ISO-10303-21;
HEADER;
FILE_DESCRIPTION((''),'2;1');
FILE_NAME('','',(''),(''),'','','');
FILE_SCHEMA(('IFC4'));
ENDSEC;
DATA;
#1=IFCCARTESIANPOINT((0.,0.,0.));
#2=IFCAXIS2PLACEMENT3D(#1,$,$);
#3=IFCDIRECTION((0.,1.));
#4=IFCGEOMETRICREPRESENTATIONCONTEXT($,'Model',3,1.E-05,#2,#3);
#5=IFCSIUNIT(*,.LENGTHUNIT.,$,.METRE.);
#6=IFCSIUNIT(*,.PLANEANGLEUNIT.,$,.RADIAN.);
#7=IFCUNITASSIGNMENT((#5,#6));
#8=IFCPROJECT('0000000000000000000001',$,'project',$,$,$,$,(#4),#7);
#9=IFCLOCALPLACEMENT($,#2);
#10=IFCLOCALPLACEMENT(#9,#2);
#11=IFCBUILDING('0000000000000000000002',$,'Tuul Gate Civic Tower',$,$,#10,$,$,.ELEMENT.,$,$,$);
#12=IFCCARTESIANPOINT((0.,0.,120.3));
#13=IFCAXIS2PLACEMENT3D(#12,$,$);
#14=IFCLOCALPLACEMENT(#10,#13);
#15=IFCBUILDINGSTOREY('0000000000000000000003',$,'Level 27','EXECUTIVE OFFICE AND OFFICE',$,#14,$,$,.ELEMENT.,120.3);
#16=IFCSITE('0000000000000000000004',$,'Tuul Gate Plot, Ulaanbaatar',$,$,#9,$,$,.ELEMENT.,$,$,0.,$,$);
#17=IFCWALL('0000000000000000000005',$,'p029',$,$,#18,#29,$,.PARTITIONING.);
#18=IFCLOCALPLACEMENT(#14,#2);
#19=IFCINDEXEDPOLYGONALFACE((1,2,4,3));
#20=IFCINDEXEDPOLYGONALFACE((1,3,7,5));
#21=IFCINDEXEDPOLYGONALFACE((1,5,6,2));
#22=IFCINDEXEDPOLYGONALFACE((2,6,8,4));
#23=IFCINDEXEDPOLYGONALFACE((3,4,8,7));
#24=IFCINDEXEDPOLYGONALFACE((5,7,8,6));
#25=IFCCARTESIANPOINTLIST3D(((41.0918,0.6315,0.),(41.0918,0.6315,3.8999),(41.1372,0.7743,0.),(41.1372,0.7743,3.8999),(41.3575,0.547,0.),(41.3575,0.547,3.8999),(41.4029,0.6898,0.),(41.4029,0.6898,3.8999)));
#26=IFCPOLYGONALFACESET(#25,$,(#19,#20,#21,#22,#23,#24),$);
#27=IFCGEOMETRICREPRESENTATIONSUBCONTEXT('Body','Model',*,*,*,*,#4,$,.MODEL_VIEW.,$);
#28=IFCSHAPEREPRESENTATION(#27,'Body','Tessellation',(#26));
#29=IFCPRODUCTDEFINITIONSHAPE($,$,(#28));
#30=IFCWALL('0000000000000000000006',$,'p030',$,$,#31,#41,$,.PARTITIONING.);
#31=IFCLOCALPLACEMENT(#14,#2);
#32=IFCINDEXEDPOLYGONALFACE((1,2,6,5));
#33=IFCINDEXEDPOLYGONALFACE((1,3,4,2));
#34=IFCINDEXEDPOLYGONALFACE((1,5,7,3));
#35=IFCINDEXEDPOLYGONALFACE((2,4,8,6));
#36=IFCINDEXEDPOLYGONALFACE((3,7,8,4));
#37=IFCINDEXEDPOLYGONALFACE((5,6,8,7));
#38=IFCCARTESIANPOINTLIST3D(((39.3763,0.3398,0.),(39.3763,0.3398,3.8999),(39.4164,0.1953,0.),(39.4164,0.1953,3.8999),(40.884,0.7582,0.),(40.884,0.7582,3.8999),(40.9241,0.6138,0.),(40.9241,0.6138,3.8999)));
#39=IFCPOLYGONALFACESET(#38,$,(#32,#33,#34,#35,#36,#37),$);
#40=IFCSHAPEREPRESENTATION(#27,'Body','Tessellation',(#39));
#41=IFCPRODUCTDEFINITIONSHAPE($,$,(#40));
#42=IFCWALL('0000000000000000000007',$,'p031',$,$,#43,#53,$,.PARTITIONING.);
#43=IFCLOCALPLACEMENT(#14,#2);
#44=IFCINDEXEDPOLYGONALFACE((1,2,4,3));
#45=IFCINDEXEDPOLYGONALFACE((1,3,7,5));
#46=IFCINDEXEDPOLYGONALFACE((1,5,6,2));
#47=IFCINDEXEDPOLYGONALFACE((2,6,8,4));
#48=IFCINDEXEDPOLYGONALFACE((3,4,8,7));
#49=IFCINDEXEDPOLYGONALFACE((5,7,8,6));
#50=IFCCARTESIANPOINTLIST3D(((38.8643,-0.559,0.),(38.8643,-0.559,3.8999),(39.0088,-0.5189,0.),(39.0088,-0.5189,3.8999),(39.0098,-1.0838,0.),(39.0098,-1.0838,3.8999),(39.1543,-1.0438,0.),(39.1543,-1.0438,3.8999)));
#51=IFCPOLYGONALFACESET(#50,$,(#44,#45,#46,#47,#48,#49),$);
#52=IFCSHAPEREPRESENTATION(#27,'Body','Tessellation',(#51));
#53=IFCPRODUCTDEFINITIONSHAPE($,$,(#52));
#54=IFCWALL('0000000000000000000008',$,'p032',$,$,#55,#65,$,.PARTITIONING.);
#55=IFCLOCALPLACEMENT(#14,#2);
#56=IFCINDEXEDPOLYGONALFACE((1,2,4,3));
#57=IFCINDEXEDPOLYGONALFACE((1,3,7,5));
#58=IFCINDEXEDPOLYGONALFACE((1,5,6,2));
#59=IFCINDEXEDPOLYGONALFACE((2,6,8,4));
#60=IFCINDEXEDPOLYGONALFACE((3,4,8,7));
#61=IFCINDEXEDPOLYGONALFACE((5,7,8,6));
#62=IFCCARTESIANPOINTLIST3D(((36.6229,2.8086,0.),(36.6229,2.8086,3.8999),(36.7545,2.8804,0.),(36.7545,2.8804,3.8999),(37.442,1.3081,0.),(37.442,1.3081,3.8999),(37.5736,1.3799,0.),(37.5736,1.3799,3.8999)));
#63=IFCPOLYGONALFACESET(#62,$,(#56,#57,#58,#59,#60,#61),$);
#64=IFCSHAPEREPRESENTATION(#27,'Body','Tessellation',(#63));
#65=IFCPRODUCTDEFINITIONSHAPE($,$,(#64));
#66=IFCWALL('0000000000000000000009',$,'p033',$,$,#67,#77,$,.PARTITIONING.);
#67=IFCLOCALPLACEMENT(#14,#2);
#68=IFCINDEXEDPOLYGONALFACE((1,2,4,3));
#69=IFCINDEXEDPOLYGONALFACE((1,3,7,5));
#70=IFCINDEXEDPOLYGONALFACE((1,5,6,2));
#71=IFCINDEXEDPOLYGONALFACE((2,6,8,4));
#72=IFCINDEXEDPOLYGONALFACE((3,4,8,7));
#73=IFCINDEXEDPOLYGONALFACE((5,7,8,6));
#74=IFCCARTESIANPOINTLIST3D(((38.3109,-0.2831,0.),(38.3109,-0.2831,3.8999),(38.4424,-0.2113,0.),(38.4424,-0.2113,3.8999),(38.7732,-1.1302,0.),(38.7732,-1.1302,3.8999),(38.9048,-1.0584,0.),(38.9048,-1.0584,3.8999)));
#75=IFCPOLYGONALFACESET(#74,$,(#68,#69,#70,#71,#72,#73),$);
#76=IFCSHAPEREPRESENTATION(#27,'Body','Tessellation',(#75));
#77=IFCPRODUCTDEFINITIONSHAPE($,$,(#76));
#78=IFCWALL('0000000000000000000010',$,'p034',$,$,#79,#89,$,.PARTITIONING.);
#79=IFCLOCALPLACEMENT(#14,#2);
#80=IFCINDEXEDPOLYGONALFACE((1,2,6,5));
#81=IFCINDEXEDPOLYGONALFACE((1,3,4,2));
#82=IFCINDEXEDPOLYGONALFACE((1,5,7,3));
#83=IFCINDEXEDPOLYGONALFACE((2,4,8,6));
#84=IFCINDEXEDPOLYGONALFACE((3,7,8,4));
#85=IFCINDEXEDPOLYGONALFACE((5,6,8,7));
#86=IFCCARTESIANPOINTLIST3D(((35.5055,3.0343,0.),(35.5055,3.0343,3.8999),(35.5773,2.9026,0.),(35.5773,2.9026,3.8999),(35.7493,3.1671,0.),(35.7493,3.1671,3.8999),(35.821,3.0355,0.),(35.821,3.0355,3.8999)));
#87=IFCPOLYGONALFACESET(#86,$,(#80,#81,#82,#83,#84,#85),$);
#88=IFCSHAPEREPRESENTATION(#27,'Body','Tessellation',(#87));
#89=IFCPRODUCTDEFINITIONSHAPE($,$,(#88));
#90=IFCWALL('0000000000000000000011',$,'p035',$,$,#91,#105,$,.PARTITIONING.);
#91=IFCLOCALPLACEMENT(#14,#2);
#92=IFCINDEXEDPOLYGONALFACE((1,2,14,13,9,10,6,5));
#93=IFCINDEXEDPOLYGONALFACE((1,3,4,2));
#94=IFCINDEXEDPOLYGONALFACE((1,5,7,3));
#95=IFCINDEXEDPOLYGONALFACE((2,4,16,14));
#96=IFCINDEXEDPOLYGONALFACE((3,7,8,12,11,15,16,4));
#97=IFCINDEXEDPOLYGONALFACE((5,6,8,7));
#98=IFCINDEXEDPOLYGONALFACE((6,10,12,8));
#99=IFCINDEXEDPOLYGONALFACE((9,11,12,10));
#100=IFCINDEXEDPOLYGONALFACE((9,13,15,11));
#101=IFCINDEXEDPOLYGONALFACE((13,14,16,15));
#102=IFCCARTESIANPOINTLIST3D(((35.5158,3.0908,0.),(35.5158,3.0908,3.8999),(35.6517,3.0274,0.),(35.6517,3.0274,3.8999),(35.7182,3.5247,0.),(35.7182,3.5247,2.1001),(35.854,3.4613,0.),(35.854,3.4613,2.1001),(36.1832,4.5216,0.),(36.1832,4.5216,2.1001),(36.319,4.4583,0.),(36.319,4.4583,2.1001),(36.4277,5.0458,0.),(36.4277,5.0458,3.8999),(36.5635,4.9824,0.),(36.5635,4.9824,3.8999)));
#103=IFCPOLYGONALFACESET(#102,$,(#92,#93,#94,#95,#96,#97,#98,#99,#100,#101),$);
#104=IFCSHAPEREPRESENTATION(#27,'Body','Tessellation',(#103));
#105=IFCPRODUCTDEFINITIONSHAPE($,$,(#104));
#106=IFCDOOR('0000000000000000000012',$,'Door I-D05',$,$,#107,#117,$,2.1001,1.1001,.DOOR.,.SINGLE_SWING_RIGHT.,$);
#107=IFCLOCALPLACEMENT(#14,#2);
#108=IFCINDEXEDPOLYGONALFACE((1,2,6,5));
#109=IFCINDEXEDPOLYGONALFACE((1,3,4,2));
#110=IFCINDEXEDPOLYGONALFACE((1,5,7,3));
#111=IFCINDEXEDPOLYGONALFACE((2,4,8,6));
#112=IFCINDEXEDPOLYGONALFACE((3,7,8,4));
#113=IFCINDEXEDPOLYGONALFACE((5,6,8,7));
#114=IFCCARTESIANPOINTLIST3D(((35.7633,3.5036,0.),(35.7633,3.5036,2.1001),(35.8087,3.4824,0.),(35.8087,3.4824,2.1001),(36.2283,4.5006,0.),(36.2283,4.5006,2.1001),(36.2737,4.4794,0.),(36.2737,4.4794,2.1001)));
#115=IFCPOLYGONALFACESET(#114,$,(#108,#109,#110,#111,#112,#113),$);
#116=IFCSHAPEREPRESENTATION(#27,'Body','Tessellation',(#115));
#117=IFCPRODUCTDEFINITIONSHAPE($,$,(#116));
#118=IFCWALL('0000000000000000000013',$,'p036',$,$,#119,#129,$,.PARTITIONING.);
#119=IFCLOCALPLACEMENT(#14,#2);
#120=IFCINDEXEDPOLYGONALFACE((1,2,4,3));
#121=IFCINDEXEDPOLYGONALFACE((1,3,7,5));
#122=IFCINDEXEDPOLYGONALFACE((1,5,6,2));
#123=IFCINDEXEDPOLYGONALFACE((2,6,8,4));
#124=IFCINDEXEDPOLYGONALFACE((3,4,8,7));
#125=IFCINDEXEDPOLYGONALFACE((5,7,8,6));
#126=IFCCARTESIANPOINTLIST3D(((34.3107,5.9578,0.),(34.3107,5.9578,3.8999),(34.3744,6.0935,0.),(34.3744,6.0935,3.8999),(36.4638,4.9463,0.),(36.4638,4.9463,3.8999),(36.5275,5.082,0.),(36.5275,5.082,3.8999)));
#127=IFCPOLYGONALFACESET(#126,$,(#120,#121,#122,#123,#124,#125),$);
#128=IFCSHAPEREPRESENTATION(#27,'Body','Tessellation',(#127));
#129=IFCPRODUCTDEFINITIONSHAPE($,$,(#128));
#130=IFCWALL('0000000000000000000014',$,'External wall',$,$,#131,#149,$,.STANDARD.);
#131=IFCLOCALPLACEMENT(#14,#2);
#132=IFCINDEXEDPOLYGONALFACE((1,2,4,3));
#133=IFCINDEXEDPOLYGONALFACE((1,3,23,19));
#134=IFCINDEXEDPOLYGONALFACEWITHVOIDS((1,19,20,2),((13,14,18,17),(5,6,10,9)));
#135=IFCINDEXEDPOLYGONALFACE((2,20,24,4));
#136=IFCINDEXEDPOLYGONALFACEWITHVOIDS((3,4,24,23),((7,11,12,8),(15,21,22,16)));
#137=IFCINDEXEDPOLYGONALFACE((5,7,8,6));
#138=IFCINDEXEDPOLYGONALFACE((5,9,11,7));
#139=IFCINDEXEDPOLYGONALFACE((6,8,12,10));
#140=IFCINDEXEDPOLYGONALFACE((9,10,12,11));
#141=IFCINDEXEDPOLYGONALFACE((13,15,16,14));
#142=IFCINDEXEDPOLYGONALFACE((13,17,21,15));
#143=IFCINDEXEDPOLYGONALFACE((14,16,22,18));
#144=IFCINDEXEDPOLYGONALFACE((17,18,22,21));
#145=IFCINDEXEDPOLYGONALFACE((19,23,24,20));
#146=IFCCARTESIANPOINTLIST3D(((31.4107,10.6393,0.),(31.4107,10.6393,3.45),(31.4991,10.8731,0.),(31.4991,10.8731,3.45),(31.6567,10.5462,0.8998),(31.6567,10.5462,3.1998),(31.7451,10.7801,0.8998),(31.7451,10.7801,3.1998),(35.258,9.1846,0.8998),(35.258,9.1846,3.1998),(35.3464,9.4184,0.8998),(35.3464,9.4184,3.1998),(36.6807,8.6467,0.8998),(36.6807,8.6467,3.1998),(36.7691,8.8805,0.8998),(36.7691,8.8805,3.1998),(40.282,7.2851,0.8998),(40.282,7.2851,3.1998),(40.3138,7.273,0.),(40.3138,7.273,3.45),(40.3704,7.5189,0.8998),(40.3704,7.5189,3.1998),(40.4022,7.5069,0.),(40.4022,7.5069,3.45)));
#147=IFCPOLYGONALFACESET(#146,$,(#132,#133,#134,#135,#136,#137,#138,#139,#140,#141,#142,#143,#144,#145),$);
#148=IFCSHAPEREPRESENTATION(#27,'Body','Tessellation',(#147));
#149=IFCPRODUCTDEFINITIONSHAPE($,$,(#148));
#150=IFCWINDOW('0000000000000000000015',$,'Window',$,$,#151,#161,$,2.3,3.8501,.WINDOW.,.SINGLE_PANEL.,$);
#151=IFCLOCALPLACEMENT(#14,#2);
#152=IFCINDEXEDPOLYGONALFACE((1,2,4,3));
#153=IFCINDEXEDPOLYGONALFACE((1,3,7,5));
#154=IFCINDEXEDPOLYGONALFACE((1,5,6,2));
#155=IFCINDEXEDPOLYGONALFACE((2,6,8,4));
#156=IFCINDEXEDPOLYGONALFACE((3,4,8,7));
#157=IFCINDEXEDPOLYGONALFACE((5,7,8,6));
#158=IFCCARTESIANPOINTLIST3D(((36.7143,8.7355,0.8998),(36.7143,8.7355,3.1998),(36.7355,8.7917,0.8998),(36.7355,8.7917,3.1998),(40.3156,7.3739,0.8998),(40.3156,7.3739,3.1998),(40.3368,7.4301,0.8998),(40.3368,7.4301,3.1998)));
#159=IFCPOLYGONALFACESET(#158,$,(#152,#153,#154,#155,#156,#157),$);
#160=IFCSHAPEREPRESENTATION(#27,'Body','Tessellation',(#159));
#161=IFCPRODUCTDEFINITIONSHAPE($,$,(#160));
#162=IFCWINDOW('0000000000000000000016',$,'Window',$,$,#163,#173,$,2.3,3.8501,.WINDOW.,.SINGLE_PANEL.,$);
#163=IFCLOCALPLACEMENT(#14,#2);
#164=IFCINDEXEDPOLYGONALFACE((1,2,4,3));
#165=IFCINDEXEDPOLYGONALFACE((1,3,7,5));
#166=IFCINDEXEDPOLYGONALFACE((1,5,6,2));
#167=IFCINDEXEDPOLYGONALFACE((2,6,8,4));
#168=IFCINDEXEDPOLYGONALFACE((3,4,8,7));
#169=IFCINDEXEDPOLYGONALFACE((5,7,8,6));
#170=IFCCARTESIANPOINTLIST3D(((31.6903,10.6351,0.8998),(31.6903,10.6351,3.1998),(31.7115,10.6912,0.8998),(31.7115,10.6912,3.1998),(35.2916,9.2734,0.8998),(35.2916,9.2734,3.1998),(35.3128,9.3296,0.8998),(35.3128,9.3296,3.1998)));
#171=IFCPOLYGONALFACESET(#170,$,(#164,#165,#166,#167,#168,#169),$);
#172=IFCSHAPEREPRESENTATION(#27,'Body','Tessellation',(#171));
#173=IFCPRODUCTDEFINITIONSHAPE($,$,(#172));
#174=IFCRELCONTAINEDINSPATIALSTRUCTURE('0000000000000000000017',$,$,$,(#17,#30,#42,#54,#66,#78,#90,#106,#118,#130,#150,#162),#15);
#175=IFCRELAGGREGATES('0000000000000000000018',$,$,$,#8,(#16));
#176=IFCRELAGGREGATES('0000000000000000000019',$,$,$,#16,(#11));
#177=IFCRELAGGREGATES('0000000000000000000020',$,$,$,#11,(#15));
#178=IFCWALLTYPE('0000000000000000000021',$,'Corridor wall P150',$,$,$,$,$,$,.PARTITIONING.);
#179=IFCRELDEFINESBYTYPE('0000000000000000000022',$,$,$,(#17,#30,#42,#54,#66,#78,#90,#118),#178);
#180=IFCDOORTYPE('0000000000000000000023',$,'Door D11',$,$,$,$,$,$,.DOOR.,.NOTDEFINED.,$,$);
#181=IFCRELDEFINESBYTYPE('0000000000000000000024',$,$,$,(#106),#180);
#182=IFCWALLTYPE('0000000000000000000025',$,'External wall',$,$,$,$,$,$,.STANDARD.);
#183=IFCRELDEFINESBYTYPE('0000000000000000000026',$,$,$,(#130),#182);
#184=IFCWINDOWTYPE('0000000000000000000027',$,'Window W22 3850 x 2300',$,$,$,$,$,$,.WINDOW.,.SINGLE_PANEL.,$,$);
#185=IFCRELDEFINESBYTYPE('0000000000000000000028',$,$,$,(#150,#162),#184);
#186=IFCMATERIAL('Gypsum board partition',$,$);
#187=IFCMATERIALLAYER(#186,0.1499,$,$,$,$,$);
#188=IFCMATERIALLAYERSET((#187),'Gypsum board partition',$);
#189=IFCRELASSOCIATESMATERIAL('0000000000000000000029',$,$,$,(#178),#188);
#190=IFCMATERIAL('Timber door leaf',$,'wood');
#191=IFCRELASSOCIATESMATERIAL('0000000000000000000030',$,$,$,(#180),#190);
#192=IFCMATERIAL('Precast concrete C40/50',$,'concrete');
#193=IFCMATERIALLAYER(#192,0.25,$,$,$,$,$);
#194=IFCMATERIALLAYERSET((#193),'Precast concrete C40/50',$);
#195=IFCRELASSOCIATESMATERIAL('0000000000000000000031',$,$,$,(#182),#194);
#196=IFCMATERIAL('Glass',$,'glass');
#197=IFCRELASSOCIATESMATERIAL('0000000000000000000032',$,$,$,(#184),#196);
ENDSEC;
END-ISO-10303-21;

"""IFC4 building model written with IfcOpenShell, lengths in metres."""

from ifc_helpers import new_model, si_unit, direction, frame, frame_2d, origin, place, context, subcontext, project, spatial, rectangle, extrude, material, layer, layer_set, type_object, element, fill, save


model = new_model("IFC4")

# Units and contexts
model_context = context("Model", 3, precision=1e-05, world=origin(), true_north=direction((0.0, 1.0)))
body_context = subcontext(model_context, "Body", "Model", "MODEL_VIEW")
ifc_project = project(units=[si_unit("LENGTHUNIT", "METRE"), si_unit("PLANEANGLEUNIT", "RADIAN")], contexts=[model_context])

# Site, building, storey
site_placement = place(None, origin())
site = spatial("IfcSite", under=ifc_project, at=site_placement, Name="Tuul Gate Plot, Ulaanbaatar", CompositionType="ELEMENT", RefElevation=0.0)
building_placement = place(site_placement, origin())
building = spatial("IfcBuilding", under=site, at=building_placement, Name="Tuul Gate Civic Tower", CompositionType="ELEMENT")
storey_placement = place(building_placement, frame((0.0, 0.0, 120.3)))
storey = spatial("IfcBuildingStorey", under=building, at=storey_placement, Name="Level 27", Description="EXECUTIVE OFFICE AND OFFICE", CompositionType="ELEMENT", Elevation=120.3)

# Walls
ifc_material_1 = material(Name="Gypsum board partition")
ifc_layer_1 = layer(ifc_material_1, 0.1499)
ifc_layer_set_1 = layer_set([ifc_layer_1], Name="Gypsum board partition")
wall_type_1 = type_object("IfcWallType", Name="Corridor wall P150", PredefinedType="PARTITIONING", material=ifc_layer_set_1)
wall_1_placement = place(storey_placement, frame((41.1145, 0.7029, 0.0), z_axis=(0.0, 0.0, 1.0), x_axis=(0.952972, -0.303059, 0.0)))
element("IfcWall", 1, at=wall_1_placement, inside=storey, type_object=wall_type_1, Name="p029", PredefinedType="PARTITIONING", context=body_context, shape_type="SweptSolid", body=[
    extrude(rectangle(XDim=0.2788, YDim=0.1499, at=frame_2d((0.1394, 0.0))), origin(), (0.0, 0.0, 1.0), 3.8999),
])
wall_2_placement = place(storey_placement, frame((39.3965, 0.2676, 0.0), z_axis=(0.0, 0.0, 1.0), x_axis=(0.96358, 0.267419, 0.0)))
element("IfcWall", 2, at=wall_2_placement, inside=storey, type_object=wall_type_1, Name="p030", PredefinedType="PARTITIONING", context=body_context, shape_type="SweptSolid", body=[
    extrude(rectangle(XDim=1.5647, YDim=0.1499, at=frame_2d((0.7822, 0.0))), origin(), (0.0, 0.0, 1.0), 3.8999),
])
wall_3_placement = place(storey_placement, frame((38.9365, -0.5388, 0.0), z_axis=(0.0, 0.0, 1.0), x_axis=(0.267135, -0.963659, 0.0)))
element("IfcWall", 3, at=wall_3_placement, inside=storey, type_object=wall_type_1, Name="p031", PredefinedType="PARTITIONING", context=body_context, shape_type="SweptSolid", body=[
    extrude(rectangle(XDim=0.5447, YDim=0.1499, at=frame_2d((0.2725, 0.0))), origin(), (0.0, 0.0, 1.0), 3.8999),
])
wall_4_placement = place(storey_placement, frame((36.6887, 2.8445, 0.0), z_axis=(0.0, 0.0, 1.0), x_axis=(0.479142, -0.877737, 0.0)))
element("IfcWall", 4, at=wall_4_placement, inside=storey, type_object=wall_type_1, Name="p032", PredefinedType="PARTITIONING", context=body_context, shape_type="SweptSolid", body=[
    extrude(rectangle(XDim=1.7095, YDim=0.1499, at=frame_2d((0.8547, 0.0))), origin(), (0.0, 0.0, 1.0), 3.8999),
])
wall_5_placement = place(storey_placement, frame((38.3767, -0.2473, 0.0), z_axis=(0.0, 0.0, 1.0), x_axis=(0.4791, -0.87776, 0.0)))
element("IfcWall", 5, at=wall_5_placement, inside=storey, type_object=wall_type_1, Name="p033", PredefinedType="PARTITIONING", context=body_context, shape_type="SweptSolid", body=[
    extrude(rectangle(XDim=0.9651, YDim=0.1499, at=frame_2d((0.4824, 0.0))), origin(), (0.0, 0.0, 1.0), 3.8999),
])
wall_6_placement = place(storey_placement, frame((35.5415, 2.9685, 0.0), z_axis=(0.0, 0.0, 1.0), x_axis=(0.87803, 0.478606, 0.0)))
element("IfcWall", 6, at=wall_6_placement, inside=storey, type_object=wall_type_1, Name="p034", PredefinedType="PARTITIONING", context=body_context, shape_type="SweptSolid", body=[
    extrude(rectangle(XDim=0.2776, YDim=0.1499, at=frame_2d((0.1387, 0.0))), origin(), (0.0, 0.0, 1.0), 3.8999),
])

# Wall, opening, door
wall_7_placement = place(storey_placement, frame((35.5837, 3.0591, 0.0), z_axis=(0.0, 0.0, 1.0), x_axis=(0.422693, 0.906273, 0.0)))
wall_7 = element("IfcWall", 7, at=wall_7_placement, inside=storey, type_object=wall_type_1, Name="p035", PredefinedType="PARTITIONING", context=body_context, shape_type="SweptSolid", body=[
    extrude(rectangle(XDim=2.1572, YDim=0.1499, at=frame_2d((1.0786, 0.0))), origin(), (0.0, 0.0, 1.0), 3.8999),
])
opening_1_placement = place(wall_7_placement, frame((0.4788, 0.0, 0.0)))
opening_1 = element("IfcOpeningElement", 8, at=opening_1_placement, cuts=wall_7, PredefinedType="OPENING", context=body_context, shape_type="SweptSolid", body=[
    extrude(rectangle(XDim=1.1001, YDim=2.1001, at=frame_2d((0.55, 1.05))), frame((0.0, 0.085, 0.0), z_axis=(0.0, -1.0, 0.0), x_axis=(1.0, 0.0, 0.0)), (0.0, 0.0, 1.0), 0.1699),
])
ifc_material_2 = material(Name="Timber door leaf", Category="wood")
door_type_1 = type_object("IfcDoorType", Name="Door D11", OperationType="NOTDEFINED", PredefinedType="DOOR", material=ifc_material_2)
door_1_placement = place(opening_1_placement, frame((1.1001, 0.0, 0.0), z_axis=(0.0, 0.0, 1.0), x_axis=(-1.0, 0.0, 0.0)))
door_1 = element("IfcDoor", 9, at=door_1_placement, inside=storey, type_object=door_type_1, Name="Door I-D05", OperationType="SINGLE_SWING_RIGHT", OverallHeight=2.1001, OverallWidth=1.1001, PredefinedType="DOOR", context=body_context, shape_type="SweptSolid", body=[
    extrude(rectangle(XDim=1.1001, YDim=2.1001, at=frame_2d((0.55, 1.05))), frame((0.0, 0.0249, 0.0), z_axis=(0.0, -1.0, 0.0), x_axis=(1.0, 0.0, 0.0)), (0.0, 0.0, 1.0), 0.05),
])
fill(opening_1, door_1)

# Wall
wall_8_placement = place(storey_placement, frame((34.3425, 6.0256, 0.0), z_axis=(0.0, 0.0, 1.0), x_axis=(0.9051, -0.425199, 0.0)))
element("IfcWall", 10, at=wall_8_placement, inside=storey, type_object=wall_type_1, Name="p036", PredefinedType="PARTITIONING", context=body_context, shape_type="SweptSolid", body=[
    extrude(rectangle(XDim=2.3789, YDim=0.1499, at=frame_2d((1.1895, 0.0))), origin(), (0.0, 0.0, 1.0), 3.8999),
])

# Wall, openings, windows
ifc_material_3 = material(Name="Precast concrete C40/50", Category="concrete")
ifc_layer_2 = layer(ifc_material_3, 0.25)
ifc_layer_set_2 = layer_set([ifc_layer_2], Name="Precast concrete C40/50")
wall_type_2 = type_object("IfcWallType", Name="External wall", PredefinedType="STANDARD", material=ifc_layer_set_2)
wall_9_placement = place(storey_placement, frame((40.3582, 7.3899, 0.0), z_axis=(0.0, 0.0, 1.0), x_axis=(-0.935374, 0.35366, 0.0)))
wall_9 = element("IfcWall", 11, at=wall_9_placement, inside=storey, type_object=wall_type_2, Name="External wall", PredefinedType="STANDARD", context=body_context, shape_type="SweptSolid", body=[
    extrude(rectangle(XDim=9.5183, YDim=0.25, at=frame_2d((4.7593, 0.0))), origin(), (0.0, 0.0, 1.0), 3.45),
])
opening_2_placement = place(wall_9_placement, frame((0.0342, 0.0, 0.8999)))
opening_2 = element("IfcOpeningElement", 12, at=opening_2_placement, cuts=wall_9, PredefinedType="OPENING", context=body_context, shape_type="SweptSolid", body=[
    extrude(rectangle(XDim=3.8501, YDim=2.3, at=frame_2d((1.925, 1.1499))), frame((0.0, 0.135, 0.0), z_axis=(0.0, -1.0, 0.0), x_axis=(1.0, 0.0, 0.0)), (0.0, 0.0, 1.0), 0.27),
])
opening_3_placement = place(wall_9_placement, frame((5.4053, 0.0, 0.8999)))
opening_3 = element("IfcOpeningElement", 13, at=opening_3_placement, cuts=wall_9, PredefinedType="OPENING", context=body_context, shape_type="SweptSolid", body=[
    extrude(rectangle(XDim=3.8501, YDim=2.3, at=frame_2d((1.925, 1.1499))), frame((0.0, 0.135, 0.0), z_axis=(0.0, -1.0, 0.0), x_axis=(1.0, 0.0, 0.0)), (0.0, 0.0, 1.0), 0.27),
])
ifc_material_4 = material(Name="Glass", Category="glass")
window_type = type_object("IfcWindowType", Name="Window W22 3850 x 2300", PartitioningType="SINGLE_PANEL", PredefinedType="WINDOW", material=ifc_material_4)
window_1_placement = place(opening_2_placement, origin())
window_1 = element("IfcWindow", 14, at=window_1_placement, inside=storey, type_object=window_type, Name="Window", OverallHeight=2.3, OverallWidth=3.8501, PartitioningType="SINGLE_PANEL", PredefinedType="WINDOW", context=body_context, shape_type="SweptSolid", body=[
    extrude(rectangle(XDim=3.8501, YDim=2.3, at=frame_2d((1.925, 1.1499))), frame((0.0, 0.03, 0.0), z_axis=(0.0, -1.0, 0.0), x_axis=(1.0, 0.0, 0.0)), (0.0, 0.0, 1.0), 0.0601),
])
fill(opening_2, window_1)
window_2_placement = place(opening_3_placement, origin())
window_2 = element("IfcWindow", 15, at=window_2_placement, inside=storey, type_object=window_type, Name="Window", OverallHeight=2.3, OverallWidth=3.8501, PartitioningType="SINGLE_PANEL", PredefinedType="WINDOW", context=body_context, shape_type="SweptSolid", body=[
    extrude(rectangle(XDim=3.8501, YDim=2.3, at=frame_2d((1.925, 1.1499))), frame((0.0, 0.03, 0.0), z_axis=(0.0, -1.0, 0.0), x_axis=(1.0, 0.0, 0.0)), (0.0, 0.0, 1.0), 0.0601),
])
fill(opening_3, window_2)

save(model, "model.ifc")
